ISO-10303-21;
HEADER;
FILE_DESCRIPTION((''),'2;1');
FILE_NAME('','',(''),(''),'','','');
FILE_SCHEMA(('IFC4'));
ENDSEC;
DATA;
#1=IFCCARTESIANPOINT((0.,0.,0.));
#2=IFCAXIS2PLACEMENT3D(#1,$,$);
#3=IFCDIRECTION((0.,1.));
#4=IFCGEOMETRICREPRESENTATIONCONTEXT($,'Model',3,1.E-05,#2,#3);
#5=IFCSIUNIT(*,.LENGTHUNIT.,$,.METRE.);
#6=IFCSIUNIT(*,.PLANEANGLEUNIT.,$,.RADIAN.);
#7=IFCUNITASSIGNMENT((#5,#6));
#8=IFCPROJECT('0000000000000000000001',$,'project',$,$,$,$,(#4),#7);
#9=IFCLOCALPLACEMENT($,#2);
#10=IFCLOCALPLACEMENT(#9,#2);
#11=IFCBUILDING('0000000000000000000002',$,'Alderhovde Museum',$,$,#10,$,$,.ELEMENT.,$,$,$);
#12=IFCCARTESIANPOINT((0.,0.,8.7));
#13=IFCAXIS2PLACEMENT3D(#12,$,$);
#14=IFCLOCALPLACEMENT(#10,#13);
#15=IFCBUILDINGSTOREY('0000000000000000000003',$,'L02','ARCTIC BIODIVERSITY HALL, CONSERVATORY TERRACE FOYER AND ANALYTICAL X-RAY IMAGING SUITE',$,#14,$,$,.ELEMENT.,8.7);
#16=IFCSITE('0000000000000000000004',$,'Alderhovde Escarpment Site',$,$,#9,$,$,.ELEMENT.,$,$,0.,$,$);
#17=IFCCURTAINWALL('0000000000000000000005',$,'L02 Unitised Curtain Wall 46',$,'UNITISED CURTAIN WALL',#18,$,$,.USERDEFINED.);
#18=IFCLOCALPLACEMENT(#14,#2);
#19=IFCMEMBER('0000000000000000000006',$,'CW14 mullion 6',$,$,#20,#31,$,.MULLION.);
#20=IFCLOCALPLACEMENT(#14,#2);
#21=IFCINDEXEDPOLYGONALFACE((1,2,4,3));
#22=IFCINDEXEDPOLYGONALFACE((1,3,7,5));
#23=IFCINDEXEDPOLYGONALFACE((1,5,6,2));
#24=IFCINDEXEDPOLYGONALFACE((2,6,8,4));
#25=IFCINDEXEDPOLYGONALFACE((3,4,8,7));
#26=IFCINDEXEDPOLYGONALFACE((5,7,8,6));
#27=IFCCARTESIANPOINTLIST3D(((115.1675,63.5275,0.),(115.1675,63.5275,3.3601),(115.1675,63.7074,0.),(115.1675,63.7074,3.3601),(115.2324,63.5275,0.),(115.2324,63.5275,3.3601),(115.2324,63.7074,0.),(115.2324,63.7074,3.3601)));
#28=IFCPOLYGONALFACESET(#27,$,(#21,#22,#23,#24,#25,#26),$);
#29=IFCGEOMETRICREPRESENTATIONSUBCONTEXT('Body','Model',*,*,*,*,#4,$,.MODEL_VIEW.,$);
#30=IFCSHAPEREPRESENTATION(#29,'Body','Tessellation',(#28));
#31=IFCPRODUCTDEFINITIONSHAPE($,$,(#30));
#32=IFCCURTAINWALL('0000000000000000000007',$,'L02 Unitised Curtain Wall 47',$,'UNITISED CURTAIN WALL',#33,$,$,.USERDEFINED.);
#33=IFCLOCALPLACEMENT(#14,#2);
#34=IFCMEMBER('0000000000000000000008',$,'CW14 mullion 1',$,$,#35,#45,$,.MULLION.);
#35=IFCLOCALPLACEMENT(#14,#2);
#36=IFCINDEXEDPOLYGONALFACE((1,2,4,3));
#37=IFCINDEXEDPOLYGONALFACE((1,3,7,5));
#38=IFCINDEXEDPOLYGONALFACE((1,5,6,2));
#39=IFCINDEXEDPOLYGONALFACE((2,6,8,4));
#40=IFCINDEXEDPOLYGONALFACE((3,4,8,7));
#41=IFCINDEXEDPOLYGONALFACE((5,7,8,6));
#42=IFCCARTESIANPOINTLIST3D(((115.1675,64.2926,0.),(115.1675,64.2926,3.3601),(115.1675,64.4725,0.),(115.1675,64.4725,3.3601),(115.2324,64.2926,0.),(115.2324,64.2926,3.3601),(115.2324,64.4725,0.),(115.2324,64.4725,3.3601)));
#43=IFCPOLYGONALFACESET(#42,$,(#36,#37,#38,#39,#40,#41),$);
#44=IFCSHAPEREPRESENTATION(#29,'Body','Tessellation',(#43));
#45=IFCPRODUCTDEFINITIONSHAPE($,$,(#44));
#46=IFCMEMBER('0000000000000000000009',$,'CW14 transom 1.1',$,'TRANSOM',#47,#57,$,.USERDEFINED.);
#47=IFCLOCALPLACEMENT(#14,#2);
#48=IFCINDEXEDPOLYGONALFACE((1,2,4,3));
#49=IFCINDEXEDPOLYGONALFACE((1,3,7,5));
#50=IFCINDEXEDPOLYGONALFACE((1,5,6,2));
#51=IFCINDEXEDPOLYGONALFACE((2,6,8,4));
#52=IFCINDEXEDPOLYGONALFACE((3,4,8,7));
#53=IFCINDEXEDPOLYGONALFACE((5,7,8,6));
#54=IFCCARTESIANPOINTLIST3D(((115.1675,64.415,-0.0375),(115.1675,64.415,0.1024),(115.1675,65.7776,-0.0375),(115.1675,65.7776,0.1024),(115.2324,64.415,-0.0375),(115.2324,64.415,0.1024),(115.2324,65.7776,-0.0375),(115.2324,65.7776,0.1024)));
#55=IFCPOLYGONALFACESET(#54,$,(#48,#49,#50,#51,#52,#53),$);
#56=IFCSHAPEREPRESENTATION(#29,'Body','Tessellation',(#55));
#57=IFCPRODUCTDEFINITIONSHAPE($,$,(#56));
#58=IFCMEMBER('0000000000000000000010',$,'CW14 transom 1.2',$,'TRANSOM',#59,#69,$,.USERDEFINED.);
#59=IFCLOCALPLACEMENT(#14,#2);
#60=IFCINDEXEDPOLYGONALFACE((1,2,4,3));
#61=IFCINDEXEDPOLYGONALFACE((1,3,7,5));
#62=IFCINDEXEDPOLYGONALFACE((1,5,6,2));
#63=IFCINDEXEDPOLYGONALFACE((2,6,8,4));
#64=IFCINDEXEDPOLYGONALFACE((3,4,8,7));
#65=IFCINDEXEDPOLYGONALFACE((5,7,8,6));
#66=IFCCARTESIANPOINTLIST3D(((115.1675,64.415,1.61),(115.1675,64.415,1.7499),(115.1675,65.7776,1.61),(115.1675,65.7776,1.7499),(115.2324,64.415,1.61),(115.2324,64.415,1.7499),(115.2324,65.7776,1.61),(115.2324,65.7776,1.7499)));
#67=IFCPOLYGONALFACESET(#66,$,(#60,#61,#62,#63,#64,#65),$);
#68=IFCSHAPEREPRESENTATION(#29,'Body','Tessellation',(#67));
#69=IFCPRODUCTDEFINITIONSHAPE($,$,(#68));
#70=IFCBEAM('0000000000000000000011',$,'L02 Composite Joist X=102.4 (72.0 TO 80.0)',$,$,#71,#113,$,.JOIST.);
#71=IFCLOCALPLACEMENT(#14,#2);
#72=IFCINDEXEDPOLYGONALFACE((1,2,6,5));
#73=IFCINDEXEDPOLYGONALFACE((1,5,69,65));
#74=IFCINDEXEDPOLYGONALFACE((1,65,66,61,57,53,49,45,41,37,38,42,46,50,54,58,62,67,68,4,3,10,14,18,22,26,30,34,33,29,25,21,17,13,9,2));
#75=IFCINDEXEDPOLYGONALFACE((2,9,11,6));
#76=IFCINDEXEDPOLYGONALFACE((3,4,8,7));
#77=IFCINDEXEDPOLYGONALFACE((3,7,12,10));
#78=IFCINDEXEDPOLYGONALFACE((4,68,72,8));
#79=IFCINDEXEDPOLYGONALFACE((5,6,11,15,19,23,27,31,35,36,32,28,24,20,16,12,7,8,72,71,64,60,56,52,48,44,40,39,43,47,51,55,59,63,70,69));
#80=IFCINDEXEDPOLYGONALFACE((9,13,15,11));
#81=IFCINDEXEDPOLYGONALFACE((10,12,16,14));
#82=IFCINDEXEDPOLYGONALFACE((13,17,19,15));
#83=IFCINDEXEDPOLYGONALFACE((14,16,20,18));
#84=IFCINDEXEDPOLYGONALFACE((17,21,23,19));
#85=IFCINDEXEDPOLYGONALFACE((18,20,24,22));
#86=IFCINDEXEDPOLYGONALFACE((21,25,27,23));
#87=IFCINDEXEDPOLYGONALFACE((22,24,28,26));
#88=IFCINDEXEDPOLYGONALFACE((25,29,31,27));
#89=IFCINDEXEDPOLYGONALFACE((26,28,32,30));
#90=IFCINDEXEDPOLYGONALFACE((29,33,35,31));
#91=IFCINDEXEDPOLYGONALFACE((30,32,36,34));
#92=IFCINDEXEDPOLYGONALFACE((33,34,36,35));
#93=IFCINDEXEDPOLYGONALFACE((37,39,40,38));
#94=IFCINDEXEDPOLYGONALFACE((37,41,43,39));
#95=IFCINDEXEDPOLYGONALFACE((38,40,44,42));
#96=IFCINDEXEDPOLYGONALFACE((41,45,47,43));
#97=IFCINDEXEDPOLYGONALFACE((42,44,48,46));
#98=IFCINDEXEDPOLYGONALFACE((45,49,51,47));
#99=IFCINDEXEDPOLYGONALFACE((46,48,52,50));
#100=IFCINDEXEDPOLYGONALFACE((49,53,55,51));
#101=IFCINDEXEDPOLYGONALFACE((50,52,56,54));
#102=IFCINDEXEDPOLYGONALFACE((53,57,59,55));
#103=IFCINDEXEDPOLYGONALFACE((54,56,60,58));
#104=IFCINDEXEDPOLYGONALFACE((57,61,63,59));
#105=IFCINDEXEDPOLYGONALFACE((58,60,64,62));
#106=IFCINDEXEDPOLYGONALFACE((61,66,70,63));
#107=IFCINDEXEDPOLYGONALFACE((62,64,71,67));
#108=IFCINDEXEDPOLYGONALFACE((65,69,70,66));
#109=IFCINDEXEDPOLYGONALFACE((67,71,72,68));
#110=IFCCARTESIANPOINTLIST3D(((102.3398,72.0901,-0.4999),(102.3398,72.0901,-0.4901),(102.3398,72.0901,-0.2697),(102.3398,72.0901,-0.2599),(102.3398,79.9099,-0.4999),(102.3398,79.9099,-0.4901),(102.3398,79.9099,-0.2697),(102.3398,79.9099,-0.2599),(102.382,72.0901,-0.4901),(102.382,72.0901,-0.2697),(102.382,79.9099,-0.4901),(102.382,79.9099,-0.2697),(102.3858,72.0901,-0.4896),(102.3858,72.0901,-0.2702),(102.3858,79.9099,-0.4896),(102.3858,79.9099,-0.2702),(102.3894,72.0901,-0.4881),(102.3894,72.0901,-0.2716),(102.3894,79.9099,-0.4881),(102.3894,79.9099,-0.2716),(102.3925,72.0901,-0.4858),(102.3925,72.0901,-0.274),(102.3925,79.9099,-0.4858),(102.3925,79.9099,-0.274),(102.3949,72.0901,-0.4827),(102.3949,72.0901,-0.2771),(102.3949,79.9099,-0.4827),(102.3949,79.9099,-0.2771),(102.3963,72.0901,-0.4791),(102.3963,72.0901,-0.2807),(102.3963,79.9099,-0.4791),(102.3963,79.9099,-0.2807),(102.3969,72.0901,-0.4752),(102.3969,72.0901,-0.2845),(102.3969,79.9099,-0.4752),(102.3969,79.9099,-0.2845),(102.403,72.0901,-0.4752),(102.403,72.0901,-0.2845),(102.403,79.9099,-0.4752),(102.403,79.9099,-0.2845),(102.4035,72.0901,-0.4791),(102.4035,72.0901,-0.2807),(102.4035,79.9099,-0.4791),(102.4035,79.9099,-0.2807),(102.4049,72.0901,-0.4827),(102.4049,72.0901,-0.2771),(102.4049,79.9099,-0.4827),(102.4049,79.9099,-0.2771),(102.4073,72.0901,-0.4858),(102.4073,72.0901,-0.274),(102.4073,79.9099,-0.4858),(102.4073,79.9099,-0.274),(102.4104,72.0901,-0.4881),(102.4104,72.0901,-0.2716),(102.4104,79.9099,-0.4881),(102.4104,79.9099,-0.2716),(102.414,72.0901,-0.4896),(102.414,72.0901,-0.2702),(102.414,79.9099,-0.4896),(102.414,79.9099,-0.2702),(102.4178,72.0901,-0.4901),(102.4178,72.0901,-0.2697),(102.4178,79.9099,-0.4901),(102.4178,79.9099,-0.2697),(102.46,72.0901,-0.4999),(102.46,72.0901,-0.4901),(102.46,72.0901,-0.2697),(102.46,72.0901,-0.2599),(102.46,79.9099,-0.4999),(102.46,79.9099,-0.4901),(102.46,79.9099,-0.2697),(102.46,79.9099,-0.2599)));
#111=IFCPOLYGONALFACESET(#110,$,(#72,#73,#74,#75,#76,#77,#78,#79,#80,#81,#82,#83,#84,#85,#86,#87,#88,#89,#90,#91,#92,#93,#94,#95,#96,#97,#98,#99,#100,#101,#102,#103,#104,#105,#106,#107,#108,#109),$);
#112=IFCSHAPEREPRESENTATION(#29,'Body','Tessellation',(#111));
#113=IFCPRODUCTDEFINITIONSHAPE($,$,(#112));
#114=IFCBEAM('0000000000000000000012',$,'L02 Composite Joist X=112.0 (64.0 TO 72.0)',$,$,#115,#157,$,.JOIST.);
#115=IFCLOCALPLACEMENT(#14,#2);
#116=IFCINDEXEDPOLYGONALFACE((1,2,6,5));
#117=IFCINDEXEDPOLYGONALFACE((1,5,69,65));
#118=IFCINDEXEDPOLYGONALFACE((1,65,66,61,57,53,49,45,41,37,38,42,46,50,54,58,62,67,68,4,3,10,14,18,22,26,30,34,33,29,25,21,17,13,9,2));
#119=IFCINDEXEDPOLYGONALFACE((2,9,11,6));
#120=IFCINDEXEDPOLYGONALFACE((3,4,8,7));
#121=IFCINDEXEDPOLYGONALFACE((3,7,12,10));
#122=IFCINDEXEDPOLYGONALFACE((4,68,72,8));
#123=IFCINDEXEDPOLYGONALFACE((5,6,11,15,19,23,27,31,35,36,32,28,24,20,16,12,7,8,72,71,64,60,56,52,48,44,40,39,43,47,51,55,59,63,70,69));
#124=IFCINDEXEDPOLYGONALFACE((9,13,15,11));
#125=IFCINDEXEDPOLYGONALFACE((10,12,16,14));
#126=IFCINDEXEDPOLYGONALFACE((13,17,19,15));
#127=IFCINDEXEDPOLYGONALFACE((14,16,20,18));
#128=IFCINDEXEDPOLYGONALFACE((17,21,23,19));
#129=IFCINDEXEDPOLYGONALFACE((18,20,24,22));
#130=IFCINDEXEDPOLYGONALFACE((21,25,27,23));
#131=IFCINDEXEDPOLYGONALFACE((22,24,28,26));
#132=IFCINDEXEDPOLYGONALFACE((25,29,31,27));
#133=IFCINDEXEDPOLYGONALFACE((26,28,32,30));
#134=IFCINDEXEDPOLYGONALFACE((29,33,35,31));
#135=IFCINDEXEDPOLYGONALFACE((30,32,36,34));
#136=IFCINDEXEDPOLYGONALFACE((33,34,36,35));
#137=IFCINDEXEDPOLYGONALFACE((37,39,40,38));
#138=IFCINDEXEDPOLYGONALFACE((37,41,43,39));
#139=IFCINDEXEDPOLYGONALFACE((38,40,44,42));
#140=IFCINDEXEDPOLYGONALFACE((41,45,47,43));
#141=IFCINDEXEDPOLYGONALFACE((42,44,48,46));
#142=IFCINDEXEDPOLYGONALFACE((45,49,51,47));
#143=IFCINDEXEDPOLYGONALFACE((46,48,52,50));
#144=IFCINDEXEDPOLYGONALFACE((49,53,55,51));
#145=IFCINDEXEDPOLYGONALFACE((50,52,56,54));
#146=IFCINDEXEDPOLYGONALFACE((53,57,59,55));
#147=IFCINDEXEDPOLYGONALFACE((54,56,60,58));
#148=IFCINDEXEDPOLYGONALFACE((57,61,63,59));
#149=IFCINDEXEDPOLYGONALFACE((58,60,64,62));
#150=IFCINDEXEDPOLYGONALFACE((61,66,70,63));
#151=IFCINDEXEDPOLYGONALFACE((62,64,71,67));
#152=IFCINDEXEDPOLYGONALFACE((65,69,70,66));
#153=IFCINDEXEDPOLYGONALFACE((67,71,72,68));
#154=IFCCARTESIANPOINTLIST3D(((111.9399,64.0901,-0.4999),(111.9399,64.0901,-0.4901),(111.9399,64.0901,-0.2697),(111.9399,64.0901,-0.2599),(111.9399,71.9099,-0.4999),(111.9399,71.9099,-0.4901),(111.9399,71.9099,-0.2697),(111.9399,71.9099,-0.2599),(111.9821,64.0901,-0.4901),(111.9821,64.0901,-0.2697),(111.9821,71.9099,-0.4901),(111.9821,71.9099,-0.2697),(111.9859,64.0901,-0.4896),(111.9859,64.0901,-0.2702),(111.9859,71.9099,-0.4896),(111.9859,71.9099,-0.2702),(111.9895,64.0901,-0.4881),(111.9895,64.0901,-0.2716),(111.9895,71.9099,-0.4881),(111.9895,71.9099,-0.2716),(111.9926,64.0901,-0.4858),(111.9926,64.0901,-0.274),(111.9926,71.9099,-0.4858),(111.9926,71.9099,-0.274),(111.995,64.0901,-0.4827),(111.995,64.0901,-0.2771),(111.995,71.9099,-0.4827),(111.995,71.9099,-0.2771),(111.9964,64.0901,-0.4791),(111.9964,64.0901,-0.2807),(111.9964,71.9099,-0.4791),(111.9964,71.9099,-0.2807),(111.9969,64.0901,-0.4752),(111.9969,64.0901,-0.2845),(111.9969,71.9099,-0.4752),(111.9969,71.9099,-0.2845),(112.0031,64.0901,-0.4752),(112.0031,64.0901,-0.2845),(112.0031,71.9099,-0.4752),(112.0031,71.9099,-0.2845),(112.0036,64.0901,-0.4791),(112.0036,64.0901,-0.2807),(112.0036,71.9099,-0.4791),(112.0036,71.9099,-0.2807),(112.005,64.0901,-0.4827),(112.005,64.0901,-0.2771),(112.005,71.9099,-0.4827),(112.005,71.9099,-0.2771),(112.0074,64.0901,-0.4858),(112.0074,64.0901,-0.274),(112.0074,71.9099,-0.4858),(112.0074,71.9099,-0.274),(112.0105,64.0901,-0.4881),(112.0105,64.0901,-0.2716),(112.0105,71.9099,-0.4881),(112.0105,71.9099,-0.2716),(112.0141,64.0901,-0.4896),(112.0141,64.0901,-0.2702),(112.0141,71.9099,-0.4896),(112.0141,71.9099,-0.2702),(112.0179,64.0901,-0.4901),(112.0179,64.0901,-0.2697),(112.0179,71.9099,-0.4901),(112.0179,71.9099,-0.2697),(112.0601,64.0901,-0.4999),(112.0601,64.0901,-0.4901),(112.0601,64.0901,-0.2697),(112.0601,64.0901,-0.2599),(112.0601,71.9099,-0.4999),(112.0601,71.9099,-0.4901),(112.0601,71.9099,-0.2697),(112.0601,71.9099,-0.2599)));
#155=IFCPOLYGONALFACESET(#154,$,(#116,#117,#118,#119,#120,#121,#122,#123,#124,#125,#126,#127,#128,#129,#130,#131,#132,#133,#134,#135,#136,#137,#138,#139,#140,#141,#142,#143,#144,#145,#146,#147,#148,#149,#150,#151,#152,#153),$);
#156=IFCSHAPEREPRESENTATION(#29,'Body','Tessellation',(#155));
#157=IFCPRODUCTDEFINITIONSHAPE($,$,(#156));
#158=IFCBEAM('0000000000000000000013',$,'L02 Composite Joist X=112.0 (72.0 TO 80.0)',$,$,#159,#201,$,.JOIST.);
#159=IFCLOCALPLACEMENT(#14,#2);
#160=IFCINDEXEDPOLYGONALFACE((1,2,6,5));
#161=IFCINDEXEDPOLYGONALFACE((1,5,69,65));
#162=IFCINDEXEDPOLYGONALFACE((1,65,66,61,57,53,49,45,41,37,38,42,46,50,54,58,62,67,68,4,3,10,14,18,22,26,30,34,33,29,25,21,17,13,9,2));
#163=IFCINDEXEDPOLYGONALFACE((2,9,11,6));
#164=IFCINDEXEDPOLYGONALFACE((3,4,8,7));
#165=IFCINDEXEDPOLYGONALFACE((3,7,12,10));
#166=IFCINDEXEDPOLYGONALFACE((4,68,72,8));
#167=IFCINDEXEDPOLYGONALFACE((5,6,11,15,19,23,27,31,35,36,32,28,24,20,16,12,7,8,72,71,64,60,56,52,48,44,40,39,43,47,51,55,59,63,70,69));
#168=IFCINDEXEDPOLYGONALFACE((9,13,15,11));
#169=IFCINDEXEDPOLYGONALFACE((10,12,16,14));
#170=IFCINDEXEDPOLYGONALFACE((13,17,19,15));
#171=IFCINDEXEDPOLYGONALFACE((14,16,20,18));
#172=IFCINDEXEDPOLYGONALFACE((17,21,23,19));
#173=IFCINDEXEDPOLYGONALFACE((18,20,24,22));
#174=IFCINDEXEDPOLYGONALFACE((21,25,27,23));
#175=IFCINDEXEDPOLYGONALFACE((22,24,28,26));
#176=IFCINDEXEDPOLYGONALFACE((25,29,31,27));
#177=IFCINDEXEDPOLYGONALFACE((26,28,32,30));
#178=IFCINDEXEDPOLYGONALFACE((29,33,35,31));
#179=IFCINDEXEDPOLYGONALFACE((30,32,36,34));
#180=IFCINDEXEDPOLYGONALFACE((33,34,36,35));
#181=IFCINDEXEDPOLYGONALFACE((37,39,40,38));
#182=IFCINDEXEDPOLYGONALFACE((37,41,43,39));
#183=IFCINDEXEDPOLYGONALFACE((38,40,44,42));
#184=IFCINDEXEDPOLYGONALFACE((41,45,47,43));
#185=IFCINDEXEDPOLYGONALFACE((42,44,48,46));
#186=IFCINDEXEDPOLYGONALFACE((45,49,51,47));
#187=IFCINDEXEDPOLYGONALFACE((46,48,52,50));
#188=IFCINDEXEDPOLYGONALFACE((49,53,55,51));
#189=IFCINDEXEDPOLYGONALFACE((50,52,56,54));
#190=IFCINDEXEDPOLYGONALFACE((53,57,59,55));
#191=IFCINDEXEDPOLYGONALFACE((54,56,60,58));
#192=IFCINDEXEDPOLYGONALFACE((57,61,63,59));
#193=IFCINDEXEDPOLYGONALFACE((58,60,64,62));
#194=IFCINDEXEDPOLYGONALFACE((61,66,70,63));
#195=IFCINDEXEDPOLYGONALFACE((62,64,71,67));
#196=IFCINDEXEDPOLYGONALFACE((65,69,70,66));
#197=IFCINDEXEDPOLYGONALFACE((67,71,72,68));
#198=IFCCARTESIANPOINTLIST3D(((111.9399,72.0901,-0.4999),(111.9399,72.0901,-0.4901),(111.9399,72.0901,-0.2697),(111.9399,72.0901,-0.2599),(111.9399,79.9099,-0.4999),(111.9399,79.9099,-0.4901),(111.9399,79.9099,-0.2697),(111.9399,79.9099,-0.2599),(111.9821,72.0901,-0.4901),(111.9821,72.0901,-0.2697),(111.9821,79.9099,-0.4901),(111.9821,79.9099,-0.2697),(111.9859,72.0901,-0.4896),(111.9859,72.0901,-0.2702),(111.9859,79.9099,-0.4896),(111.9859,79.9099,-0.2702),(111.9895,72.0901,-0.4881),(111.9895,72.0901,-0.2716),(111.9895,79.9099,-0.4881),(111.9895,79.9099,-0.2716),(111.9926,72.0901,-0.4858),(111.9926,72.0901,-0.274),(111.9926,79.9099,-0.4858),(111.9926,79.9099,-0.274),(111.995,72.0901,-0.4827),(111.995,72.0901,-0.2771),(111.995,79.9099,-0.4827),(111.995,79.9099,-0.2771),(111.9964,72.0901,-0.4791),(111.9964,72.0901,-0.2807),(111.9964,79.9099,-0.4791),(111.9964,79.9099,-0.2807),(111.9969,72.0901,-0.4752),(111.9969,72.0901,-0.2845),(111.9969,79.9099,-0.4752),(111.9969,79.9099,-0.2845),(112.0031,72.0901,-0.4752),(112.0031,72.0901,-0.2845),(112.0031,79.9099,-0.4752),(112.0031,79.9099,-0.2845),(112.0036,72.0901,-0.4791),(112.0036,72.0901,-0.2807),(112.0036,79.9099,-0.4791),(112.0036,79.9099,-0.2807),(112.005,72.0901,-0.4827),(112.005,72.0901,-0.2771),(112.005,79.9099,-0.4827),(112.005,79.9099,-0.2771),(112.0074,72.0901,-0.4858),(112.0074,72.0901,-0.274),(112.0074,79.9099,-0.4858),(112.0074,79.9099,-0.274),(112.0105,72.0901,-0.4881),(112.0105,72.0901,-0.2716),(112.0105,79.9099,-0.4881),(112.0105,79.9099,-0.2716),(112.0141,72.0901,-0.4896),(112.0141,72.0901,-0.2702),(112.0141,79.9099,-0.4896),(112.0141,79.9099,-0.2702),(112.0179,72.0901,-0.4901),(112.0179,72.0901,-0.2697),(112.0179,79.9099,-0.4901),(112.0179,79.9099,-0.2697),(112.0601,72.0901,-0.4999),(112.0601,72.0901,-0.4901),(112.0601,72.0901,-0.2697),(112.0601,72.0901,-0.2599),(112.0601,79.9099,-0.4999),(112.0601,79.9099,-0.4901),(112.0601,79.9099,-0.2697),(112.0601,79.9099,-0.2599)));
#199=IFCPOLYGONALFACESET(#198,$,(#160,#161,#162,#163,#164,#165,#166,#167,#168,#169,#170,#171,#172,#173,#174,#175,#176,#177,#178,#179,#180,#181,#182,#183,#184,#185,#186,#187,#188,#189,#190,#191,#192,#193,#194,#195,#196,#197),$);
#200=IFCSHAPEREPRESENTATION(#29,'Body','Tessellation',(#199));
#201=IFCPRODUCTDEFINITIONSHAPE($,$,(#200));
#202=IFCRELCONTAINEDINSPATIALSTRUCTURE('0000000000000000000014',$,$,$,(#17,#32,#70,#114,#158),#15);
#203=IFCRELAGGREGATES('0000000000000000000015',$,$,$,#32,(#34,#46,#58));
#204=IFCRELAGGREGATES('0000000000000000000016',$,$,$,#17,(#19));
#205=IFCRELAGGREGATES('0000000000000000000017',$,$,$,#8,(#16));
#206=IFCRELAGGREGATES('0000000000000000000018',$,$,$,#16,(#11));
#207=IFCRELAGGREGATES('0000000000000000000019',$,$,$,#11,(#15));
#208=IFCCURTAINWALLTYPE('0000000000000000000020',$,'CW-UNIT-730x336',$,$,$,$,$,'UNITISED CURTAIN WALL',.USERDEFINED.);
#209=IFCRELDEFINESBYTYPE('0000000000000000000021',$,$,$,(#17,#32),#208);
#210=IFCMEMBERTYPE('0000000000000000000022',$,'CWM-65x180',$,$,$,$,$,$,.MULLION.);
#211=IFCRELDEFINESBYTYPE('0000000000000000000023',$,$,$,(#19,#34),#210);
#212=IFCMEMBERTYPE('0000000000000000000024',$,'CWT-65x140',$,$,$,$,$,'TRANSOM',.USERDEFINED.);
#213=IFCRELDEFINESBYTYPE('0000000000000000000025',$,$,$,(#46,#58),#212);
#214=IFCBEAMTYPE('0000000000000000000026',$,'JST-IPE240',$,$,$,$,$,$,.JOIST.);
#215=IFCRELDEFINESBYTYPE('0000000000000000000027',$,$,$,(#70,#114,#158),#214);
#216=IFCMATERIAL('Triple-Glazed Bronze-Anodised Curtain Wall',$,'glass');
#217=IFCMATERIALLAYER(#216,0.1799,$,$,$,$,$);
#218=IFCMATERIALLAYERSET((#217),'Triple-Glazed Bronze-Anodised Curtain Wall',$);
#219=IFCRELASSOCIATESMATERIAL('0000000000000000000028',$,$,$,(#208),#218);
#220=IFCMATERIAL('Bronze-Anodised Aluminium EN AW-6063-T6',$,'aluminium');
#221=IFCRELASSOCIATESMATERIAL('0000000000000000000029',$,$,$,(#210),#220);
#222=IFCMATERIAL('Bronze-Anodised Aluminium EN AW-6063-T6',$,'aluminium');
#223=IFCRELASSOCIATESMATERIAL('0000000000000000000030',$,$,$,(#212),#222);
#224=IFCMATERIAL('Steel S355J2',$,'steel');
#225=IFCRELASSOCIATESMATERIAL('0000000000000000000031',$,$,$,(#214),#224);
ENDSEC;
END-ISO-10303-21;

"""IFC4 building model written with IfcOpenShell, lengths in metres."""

from ifc_helpers import new_model, si_unit, direction, frame, origin, origin_2d, place, context, subcontext, project, spatial, rectangle, i_section, extrude, material, layer, layer_set, material_profile, profile_set, type_object, element, aggregate, save


model = new_model("IFC4")

# Units and contexts
model_context = context("Model", 3, precision=1e-05, world=origin(), true_north=direction((0.0, 1.0)))
body_context = subcontext(model_context, "Body", "Model", "MODEL_VIEW")
ifc_project = project(units=[si_unit("LENGTHUNIT", "METRE"), si_unit("PLANEANGLEUNIT", "RADIAN")], contexts=[model_context])

# Site, building, storey
site_placement = place(None, origin())
site = spatial("IfcSite", under=ifc_project, at=site_placement, Name="Alderhovde Escarpment Site", CompositionType="ELEMENT", RefElevation=0.0)
building_placement = place(site_placement, origin())
building = spatial("IfcBuilding", under=site, at=building_placement, Name="Alderhovde Museum", CompositionType="ELEMENT")
storey_placement = place(building_placement, frame((0.0, 0.0, 8.7)))
storey = spatial("IfcBuildingStorey", under=building, at=storey_placement, Name="L02", Description="ARCTIC BIODIVERSITY HALL, CONSERVATORY TERRACE FOYER AND ANALYTICAL X-RAY IMAGING SUITE", CompositionType="ELEMENT", Elevation=8.7)

# Curtain wall, member
ifc_material_1 = material(Name="Triple-Glazed Bronze-Anodised Curtain Wall", Category="glass")
ifc_layer_1 = layer(ifc_material_1, 0.1799)
ifc_layer_set_1 = layer_set([ifc_layer_1], Name="Triple-Glazed Bronze-Anodised Curtain Wall")
curtain_wall_type = type_object("IfcCurtainWallType", Name="CW-UNIT-730x336", ElementType="UNITISED CURTAIN WALL", PredefinedType="USERDEFINED", material=ifc_layer_set_1)
curtain_wall_1_placement = place(storey_placement, origin())
curtain_wall_1 = element("IfcCurtainWall", 1, at=curtain_wall_1_placement, inside=storey, type_object=curtain_wall_type, Name="L02 Unitised Curtain Wall 46", ObjectType="UNITISED CURTAIN WALL", PredefinedType="USERDEFINED")
ifc_material_2 = material(Name="Bronze-Anodised Aluminium EN AW-6063-T6", Category="aluminium")
ifc_material_profile_1 = material_profile(ifc_material_2, rectangle(XDim=0.0649, YDim=0.1799, at=origin_2d()), Name="MULLION 65x180")
ifc_profile_set_1 = profile_set([ifc_material_profile_1], Name="Bronze-Anodised Aluminium EN AW-6063-T6")
member_type_1 = type_object("IfcMemberType", Name="CWM-65x180", PredefinedType="MULLION", material=ifc_profile_set_1)
member_1_placement = place(storey_placement, frame((115.2, 63.6174, 0.0), z_axis=(0.0, 0.0, 1.0), x_axis=(-1.0, 0.0, 0.0)))
member_1 = element("IfcMember", 2, at=member_1_placement, type_object=member_type_1, Name="CW14 mullion 6", PredefinedType="MULLION", context=body_context, shape_type="SweptSolid", body=[
    extrude(rectangle(XDim=0.0649, YDim=0.1799, at=origin_2d()), origin(), (0.0, 0.0, 1.0), 3.3601),
])

# Curtain wall, members
curtain_wall_2_placement = place(storey_placement, origin())
curtain_wall_2 = element("IfcCurtainWall", 3, at=curtain_wall_2_placement, inside=storey, type_object=curtain_wall_type, Name="L02 Unitised Curtain Wall 47", ObjectType="UNITISED CURTAIN WALL", PredefinedType="USERDEFINED")
member_2_placement = place(storey_placement, frame((115.2, 64.3826, 0.0), z_axis=(0.0, 0.0, 1.0), x_axis=(-1.0, 0.0, 0.0)))
member_2 = element("IfcMember", 4, at=member_2_placement, type_object=member_type_1, Name="CW14 mullion 1", PredefinedType="MULLION", context=body_context, shape_type="SweptSolid", body=[
    extrude(rectangle(XDim=0.0649, YDim=0.1799, at=origin_2d()), origin(), (0.0, 0.0, 1.0), 3.3601),
])
ifc_material_3 = material(Name="Bronze-Anodised Aluminium EN AW-6063-T6", Category="aluminium")
ifc_material_profile_2 = material_profile(ifc_material_3, rectangle(XDim=0.0649, YDim=0.1399, at=origin_2d()), Name="TRANSOM 65x140")
ifc_profile_set_2 = profile_set([ifc_material_profile_2], Name="Bronze-Anodised Aluminium EN AW-6063-T6")
member_type_2 = type_object("IfcMemberType", Name="CWT-65x140", ElementType="TRANSOM", PredefinedType="USERDEFINED", material=ifc_profile_set_2)
member_3_placement = place(storey_placement, frame((115.2, 64.415, 0.0325), z_axis=(0.0, 1.0, 0.0), x_axis=(-1.0, 0.0, 0.0)))
member_3 = element("IfcMember", 5, at=member_3_placement, type_object=member_type_2, Name="CW14 transom 1.1", ObjectType="TRANSOM", PredefinedType="USERDEFINED", context=body_context, shape_type="SweptSolid", body=[
    extrude(rectangle(XDim=0.0649, YDim=0.1399, at=origin_2d()), origin(), (0.0, 0.0, 1.0), 1.3625),
])
member_4_placement = place(storey_placement, frame((115.2, 64.415, 1.6799), z_axis=(0.0, 1.0, 0.0), x_axis=(-1.0, 0.0, 0.0)))
member_4 = element("IfcMember", 6, at=member_4_placement, type_object=member_type_2, Name="CW14 transom 1.2", ObjectType="TRANSOM", PredefinedType="USERDEFINED", context=body_context, shape_type="SweptSolid", body=[
    extrude(rectangle(XDim=0.0649, YDim=0.1399, at=origin_2d()), origin(), (0.0, 0.0, 1.0), 1.3625),
])
aggregate(curtain_wall_2, [member_2, member_3, member_4])

# Beams
ifc_material_4 = material(Name="Steel S355J2", Category="steel")
ifc_material_profile_3 = material_profile(ifc_material_4, i_section(OverallWidth=0.1201, OverallDepth=0.24, WebThickness=0.0061, FlangeThickness=0.0098, FilletRadius=0.0149, at=origin_2d()), Name="IPE 240")
ifc_profile_set_3 = profile_set([ifc_material_profile_3], Name="Steel S355J2")
beam_type_1 = type_object("IfcBeamType", Name="JST-IPE240", PredefinedType="JOIST", material=ifc_profile_set_3)
for number, where, z_axis, x_axis, name in (
    (7, (102.3999, 72.0901, -0.3799), (0.0, 1.0, 0.0), (-1.0, 0.0, 0.0), "L02 Composite Joist X=102.4 (72.0 TO 80.0)"),
    (8, (112.0, 64.0901, -0.3799), (0.0, 1.0, 0.0), (-1.0, 0.0, 0.0), "L02 Composite Joist X=112.0 (64.0 TO 72.0)"),
    (9, (112.0, 72.0901, -0.3799), (0.0, 1.0, 0.0), (-1.0, 0.0, 0.0), "L02 Composite Joist X=112.0 (72.0 TO 80.0)"),
):
    element("IfcBeam", number, at=place(storey_placement, frame(where, z_axis=z_axis, x_axis=x_axis)), inside=storey, type_object=beam_type_1, Name=name, PredefinedType="JOIST", context=body_context, shape_type="SweptSolid", body=[
        extrude(i_section(OverallWidth=0.1201, OverallDepth=0.24, WebThickness=0.0061, FlangeThickness=0.0098, FilletRadius=0.0149, at=origin_2d()), origin(), (0.0, 0.0, 1.0), 7.8198),
    ])

aggregate(curtain_wall_1, [member_1])

save(model, "model.ifc")
